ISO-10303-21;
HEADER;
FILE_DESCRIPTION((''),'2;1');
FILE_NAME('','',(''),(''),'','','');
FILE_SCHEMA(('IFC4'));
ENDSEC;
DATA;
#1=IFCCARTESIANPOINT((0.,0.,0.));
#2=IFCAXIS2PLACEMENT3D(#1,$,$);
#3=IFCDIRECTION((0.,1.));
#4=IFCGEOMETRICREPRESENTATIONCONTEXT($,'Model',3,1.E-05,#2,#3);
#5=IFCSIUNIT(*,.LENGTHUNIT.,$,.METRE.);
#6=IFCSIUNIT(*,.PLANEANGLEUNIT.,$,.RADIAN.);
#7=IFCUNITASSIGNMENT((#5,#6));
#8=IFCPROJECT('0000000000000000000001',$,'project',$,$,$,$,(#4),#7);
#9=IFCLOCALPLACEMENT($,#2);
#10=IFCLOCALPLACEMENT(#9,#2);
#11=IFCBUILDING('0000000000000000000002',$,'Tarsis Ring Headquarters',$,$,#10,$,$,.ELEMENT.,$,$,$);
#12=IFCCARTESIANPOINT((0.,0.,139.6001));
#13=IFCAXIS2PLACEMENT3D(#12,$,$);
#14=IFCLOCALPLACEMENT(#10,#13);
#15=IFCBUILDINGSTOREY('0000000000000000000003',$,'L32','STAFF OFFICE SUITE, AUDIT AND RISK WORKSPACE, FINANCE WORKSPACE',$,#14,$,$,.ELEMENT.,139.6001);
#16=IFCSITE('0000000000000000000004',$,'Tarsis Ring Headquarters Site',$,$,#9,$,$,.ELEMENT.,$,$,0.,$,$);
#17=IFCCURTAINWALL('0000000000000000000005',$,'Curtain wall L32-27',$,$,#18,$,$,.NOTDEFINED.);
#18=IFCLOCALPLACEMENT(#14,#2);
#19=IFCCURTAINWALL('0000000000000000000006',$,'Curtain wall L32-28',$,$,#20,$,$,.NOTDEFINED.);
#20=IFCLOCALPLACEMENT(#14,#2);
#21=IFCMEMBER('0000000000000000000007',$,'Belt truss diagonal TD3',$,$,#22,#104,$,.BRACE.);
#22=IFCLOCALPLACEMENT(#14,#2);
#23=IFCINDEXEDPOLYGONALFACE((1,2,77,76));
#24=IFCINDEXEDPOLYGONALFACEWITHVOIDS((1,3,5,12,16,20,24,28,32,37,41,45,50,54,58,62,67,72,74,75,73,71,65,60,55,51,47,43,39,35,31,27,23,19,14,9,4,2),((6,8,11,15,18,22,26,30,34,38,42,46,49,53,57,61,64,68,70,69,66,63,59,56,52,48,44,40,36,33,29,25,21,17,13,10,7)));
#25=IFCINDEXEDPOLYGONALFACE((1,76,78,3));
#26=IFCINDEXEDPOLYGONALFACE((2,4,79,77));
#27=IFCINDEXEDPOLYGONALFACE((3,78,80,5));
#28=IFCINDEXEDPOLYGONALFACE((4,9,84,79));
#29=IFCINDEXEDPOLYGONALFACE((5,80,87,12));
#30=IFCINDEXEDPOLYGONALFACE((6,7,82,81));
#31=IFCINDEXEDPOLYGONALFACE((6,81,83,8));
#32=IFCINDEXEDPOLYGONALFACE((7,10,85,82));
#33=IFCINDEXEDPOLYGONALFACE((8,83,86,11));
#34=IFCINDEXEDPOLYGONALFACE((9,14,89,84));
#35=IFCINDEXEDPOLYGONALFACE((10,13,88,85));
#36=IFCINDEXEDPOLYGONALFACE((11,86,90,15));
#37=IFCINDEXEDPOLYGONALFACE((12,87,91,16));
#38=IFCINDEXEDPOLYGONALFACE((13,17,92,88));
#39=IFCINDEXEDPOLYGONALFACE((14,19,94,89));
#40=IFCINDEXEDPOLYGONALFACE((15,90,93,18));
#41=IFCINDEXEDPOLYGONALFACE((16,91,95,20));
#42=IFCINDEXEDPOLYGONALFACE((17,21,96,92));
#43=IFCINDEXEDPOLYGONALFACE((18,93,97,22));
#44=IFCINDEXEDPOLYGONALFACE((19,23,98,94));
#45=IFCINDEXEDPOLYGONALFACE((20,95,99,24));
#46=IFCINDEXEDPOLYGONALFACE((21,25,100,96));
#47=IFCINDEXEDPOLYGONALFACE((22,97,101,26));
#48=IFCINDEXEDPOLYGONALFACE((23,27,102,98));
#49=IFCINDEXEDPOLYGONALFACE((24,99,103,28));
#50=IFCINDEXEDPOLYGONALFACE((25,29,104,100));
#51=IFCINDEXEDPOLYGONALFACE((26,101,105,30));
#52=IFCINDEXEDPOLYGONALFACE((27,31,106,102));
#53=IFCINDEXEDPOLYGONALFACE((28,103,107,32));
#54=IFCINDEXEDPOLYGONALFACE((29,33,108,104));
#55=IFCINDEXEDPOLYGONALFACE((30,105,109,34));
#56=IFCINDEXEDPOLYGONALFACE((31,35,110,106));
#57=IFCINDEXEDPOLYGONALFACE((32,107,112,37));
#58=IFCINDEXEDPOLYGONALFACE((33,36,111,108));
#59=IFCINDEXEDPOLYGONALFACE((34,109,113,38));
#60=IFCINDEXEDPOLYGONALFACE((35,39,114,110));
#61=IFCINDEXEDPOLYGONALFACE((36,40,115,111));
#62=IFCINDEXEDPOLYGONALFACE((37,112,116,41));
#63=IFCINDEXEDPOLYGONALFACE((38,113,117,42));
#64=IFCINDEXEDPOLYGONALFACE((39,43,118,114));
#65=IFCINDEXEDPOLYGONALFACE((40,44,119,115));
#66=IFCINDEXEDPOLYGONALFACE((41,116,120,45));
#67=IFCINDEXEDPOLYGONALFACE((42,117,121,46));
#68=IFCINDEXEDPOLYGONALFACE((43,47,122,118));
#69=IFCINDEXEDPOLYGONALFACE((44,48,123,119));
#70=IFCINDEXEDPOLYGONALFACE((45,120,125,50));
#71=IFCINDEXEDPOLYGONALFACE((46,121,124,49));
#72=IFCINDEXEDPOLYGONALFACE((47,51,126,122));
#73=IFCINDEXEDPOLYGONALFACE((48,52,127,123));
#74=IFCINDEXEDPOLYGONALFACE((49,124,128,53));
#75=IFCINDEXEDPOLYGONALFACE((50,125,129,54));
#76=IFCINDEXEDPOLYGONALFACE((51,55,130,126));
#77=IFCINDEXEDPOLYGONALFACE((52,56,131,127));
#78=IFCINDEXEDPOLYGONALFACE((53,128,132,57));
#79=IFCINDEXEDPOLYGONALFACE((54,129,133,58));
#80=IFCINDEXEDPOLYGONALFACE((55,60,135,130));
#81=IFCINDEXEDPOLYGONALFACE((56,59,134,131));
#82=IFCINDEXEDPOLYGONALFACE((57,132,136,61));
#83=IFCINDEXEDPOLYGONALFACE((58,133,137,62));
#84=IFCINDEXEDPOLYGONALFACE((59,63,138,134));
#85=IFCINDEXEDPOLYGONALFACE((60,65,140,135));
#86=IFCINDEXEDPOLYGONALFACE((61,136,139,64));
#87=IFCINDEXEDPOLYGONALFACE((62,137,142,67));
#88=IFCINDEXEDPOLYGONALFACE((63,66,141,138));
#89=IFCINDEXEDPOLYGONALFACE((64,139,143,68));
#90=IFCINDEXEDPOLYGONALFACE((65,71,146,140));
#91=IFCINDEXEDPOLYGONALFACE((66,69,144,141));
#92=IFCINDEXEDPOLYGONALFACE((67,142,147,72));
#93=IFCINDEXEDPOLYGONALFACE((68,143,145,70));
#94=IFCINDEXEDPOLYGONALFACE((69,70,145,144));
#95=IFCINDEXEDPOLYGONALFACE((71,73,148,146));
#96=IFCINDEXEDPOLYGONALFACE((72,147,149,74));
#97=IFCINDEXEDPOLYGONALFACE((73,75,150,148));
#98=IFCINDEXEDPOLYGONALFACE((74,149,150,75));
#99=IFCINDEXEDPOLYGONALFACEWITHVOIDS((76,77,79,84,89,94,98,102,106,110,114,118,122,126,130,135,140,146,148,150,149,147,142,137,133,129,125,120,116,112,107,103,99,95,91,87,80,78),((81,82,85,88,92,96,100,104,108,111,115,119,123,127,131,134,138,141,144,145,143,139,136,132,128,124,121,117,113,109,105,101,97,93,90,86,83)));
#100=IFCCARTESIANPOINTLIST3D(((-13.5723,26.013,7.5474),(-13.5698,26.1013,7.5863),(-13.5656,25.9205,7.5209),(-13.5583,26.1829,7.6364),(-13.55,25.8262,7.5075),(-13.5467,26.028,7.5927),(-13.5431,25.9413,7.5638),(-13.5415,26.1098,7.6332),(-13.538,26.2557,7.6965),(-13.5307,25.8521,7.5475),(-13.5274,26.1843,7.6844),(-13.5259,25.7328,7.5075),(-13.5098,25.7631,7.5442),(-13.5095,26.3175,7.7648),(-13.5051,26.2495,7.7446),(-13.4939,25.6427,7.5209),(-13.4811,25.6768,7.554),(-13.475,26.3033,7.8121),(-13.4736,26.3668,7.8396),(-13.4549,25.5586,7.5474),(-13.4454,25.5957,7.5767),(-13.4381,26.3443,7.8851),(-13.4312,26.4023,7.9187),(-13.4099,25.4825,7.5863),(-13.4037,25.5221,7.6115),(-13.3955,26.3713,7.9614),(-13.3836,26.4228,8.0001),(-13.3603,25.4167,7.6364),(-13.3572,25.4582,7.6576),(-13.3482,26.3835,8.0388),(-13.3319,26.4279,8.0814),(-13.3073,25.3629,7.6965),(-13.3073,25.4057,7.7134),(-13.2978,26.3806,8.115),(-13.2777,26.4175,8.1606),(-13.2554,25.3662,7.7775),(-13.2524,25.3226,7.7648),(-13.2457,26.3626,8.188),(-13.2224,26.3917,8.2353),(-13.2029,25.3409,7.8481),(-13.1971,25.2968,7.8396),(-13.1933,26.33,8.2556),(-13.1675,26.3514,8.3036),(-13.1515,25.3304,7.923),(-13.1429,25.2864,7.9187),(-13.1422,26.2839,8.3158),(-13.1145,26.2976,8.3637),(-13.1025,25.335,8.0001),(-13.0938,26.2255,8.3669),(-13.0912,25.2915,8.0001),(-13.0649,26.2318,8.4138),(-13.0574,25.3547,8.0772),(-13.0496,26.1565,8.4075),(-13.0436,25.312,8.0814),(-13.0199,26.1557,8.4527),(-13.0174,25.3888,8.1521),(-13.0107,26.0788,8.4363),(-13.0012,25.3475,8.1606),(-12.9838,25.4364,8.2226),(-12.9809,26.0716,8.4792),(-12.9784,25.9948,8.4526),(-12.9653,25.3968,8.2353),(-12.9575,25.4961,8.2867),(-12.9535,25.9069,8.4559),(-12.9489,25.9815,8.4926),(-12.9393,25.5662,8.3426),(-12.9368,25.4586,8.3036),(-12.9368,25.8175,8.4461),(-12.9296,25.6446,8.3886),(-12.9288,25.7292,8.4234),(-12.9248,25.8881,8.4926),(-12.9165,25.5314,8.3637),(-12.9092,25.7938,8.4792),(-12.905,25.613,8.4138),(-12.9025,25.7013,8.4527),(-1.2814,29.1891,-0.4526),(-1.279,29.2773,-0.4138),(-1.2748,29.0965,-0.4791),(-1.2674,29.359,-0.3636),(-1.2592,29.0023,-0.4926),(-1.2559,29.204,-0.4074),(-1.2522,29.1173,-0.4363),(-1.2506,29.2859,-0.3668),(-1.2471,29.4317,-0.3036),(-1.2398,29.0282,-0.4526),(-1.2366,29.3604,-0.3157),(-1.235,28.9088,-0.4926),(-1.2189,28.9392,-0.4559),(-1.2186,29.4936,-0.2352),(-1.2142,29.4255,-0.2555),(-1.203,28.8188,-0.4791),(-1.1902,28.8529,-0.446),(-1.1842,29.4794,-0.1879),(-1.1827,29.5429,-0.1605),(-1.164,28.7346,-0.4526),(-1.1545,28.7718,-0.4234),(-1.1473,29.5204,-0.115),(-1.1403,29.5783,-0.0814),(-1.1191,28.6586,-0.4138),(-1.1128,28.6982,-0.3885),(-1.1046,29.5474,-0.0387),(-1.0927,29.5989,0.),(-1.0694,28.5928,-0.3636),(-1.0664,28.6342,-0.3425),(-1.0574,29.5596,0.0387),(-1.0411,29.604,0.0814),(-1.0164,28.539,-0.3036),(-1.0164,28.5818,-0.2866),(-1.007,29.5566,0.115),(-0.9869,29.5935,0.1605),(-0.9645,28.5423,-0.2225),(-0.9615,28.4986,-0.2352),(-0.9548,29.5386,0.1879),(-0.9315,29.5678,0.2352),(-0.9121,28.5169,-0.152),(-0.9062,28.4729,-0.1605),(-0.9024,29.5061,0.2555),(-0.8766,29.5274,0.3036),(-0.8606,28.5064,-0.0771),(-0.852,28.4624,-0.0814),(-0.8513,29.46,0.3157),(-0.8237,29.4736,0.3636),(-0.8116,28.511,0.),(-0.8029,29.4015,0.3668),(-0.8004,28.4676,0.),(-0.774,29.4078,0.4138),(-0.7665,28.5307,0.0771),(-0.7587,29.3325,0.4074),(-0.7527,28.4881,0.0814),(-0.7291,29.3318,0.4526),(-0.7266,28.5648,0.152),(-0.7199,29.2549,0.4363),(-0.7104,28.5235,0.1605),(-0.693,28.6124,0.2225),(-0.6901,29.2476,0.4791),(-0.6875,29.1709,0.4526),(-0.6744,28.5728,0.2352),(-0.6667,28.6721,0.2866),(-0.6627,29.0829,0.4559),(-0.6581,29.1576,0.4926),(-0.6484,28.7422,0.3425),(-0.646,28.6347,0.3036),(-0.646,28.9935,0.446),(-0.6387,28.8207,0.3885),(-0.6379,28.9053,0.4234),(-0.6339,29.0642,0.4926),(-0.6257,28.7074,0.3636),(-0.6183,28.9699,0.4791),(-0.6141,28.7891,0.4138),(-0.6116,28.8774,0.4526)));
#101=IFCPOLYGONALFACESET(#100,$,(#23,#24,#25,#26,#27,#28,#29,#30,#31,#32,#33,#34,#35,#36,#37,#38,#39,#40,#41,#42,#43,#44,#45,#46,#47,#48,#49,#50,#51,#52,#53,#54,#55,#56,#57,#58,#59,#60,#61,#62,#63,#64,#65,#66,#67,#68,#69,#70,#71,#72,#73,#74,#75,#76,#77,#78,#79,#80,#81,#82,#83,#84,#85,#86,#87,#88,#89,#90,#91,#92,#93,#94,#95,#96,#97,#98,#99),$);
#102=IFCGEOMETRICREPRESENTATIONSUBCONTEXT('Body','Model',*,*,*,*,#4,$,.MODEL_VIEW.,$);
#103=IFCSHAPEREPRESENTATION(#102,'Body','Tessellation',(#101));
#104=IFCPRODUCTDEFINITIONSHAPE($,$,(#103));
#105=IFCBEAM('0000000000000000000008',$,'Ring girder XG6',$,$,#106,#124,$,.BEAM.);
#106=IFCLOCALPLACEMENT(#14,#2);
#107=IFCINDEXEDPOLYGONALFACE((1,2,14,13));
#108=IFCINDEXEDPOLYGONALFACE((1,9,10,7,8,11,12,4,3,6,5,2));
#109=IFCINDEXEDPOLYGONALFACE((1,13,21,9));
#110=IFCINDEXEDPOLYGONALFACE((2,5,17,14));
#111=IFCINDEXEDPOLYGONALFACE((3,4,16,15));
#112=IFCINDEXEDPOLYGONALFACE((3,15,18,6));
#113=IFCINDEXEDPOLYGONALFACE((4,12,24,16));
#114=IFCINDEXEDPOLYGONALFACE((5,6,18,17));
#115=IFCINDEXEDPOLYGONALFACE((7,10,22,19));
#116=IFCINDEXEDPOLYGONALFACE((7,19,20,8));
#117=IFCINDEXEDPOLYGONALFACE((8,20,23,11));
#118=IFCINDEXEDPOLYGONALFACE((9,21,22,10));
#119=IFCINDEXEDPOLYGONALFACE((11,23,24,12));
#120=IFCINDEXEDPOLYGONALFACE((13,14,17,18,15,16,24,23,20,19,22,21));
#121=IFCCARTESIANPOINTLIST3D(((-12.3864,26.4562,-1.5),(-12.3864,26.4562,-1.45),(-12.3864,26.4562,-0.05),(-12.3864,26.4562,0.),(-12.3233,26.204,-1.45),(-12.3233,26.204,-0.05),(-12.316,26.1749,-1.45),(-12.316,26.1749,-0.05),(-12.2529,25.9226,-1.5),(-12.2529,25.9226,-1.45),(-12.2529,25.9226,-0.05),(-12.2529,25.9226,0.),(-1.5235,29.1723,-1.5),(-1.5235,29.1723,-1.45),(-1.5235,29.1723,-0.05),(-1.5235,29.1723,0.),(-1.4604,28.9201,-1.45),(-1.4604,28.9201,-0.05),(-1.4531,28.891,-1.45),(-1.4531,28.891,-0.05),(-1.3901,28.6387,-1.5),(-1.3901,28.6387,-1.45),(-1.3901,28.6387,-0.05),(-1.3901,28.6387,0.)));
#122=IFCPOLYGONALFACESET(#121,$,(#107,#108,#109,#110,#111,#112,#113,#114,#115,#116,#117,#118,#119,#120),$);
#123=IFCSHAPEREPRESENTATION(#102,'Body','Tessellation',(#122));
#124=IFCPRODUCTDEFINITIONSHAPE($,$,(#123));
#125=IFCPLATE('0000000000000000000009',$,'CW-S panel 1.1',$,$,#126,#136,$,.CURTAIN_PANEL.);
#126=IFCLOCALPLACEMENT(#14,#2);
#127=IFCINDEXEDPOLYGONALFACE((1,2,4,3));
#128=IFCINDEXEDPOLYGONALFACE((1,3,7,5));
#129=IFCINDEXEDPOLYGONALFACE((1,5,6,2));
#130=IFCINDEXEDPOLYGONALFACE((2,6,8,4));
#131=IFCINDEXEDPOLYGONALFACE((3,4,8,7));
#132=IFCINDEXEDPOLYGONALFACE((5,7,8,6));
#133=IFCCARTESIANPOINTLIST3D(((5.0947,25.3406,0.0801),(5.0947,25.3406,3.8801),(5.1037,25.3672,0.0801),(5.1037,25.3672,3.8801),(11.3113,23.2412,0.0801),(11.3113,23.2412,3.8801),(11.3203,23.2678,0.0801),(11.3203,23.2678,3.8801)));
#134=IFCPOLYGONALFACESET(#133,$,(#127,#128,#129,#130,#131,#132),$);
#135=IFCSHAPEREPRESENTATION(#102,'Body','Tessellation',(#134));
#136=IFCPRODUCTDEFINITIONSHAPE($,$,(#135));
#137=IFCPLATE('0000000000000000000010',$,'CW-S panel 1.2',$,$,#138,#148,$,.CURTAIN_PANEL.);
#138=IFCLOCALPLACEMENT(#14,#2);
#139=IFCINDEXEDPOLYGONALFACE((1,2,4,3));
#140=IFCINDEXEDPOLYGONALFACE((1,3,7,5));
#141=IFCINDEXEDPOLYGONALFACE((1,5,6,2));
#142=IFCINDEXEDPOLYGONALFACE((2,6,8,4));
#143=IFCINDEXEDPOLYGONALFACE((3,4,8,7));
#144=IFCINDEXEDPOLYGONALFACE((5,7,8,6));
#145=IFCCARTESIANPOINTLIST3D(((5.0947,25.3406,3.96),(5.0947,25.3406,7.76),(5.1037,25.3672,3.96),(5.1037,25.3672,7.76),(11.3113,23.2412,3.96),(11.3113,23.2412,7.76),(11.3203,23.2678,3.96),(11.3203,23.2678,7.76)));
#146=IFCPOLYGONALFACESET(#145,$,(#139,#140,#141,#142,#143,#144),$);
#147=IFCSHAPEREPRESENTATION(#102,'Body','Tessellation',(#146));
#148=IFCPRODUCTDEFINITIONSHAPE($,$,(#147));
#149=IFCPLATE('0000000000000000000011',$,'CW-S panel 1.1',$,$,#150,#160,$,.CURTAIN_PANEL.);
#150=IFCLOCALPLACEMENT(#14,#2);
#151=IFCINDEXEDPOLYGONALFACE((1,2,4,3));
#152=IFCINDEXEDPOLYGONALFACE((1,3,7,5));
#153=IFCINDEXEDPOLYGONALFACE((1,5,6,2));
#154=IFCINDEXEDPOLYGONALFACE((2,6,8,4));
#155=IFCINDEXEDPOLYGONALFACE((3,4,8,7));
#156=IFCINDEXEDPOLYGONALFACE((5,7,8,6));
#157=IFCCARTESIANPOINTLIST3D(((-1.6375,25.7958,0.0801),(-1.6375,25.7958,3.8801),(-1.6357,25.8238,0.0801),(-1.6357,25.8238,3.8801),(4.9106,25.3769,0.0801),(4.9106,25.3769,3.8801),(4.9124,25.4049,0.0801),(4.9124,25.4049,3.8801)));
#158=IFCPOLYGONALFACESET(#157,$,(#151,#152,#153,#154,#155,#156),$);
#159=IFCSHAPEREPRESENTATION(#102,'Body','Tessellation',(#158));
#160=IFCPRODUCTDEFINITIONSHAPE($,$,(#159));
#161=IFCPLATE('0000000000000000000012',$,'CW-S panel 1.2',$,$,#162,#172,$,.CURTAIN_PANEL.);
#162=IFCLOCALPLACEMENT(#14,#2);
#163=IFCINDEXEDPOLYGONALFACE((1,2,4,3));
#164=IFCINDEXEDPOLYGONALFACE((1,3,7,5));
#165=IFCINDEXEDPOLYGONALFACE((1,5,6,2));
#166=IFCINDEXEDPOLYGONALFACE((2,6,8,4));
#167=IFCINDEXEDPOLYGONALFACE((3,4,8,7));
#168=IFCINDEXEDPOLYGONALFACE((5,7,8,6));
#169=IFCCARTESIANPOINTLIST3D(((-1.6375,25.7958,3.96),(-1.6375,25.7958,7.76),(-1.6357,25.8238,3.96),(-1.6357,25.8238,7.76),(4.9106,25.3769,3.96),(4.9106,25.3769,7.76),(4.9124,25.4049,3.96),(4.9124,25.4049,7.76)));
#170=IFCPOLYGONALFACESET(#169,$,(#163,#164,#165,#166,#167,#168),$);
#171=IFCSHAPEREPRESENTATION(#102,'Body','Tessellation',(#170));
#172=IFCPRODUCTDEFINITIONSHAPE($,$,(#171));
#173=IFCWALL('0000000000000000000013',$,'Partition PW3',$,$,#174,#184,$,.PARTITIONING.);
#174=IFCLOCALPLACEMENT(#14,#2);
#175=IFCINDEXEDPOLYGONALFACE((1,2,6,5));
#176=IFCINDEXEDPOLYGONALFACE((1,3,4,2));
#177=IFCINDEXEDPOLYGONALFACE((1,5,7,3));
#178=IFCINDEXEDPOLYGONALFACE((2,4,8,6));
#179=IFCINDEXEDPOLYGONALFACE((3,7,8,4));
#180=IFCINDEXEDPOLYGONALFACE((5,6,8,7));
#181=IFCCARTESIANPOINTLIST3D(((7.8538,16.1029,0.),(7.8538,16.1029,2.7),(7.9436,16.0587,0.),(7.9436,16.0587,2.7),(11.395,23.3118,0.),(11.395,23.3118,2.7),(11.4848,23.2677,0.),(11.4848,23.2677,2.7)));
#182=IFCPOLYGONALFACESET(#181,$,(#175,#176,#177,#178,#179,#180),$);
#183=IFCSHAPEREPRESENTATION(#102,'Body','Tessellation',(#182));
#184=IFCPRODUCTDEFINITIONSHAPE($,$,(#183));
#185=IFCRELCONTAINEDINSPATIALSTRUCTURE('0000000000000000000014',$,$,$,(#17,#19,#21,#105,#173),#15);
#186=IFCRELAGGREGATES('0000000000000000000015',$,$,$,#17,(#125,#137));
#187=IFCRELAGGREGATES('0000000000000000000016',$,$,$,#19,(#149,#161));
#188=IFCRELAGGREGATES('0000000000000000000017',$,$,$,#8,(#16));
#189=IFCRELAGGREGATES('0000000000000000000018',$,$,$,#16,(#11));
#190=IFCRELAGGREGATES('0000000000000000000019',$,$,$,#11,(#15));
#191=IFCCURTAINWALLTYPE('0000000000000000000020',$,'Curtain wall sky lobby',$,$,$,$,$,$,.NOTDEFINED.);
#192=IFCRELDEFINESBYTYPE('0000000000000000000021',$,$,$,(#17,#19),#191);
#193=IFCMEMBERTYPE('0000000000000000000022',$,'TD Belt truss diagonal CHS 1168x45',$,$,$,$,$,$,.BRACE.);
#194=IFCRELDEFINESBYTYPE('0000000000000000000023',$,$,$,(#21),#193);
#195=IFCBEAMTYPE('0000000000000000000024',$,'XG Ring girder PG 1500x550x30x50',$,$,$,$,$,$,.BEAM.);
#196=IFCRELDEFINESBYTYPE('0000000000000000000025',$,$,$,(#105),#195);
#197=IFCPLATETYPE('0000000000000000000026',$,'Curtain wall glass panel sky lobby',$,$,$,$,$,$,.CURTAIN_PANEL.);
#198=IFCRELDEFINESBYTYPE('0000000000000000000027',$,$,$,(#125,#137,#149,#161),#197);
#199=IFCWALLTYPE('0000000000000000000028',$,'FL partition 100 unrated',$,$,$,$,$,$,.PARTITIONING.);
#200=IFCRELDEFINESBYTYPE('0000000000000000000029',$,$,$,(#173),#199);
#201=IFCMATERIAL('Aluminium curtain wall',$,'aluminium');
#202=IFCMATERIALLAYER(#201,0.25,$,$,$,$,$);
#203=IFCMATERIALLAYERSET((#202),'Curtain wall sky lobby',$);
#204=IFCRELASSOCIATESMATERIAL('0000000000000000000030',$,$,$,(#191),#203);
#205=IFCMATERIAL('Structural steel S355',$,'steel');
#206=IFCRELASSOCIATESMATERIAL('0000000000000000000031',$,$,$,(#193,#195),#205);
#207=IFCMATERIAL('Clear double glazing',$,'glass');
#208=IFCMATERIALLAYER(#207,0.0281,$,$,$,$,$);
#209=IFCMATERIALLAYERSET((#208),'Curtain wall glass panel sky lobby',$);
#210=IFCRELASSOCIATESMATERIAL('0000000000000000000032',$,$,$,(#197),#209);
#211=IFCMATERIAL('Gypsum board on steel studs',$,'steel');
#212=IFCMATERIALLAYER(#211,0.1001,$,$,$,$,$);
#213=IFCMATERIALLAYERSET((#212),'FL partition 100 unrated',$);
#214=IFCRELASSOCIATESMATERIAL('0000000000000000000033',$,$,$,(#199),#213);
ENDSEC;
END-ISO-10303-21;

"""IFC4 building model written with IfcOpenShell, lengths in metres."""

from ifc_helpers import new_model, si_unit, direction, frame, frame_2d, origin, origin_2d, place, context, subcontext, project, spatial, rectangle, hollow_circle, i_section, extrude, material, layer, layer_set, material_profile, profile_set, type_object, element, aggregate, save


model = new_model("IFC4")

# Units and contexts
model_context = context("Model", 3, precision=1e-05, world=origin(), true_north=direction((0.0, 1.0)))
body_context = subcontext(model_context, "Body", "Model", "MODEL_VIEW")
ifc_project = project(units=[si_unit("LENGTHUNIT", "METRE"), si_unit("PLANEANGLEUNIT", "RADIAN")], contexts=[model_context])

# Site, building, storey
site_placement = place(None, origin())
site = spatial("IfcSite", under=ifc_project, at=site_placement, Name="Tarsis Ring Headquarters Site", CompositionType="ELEMENT", RefElevation=0.0)
building_placement = place(site_placement, origin())
building = spatial("IfcBuilding", under=site, at=building_placement, Name="Tarsis Ring Headquarters", CompositionType="ELEMENT")
storey_placement = place(building_placement, frame((0.0, 0.0, 139.6001)))
storey = spatial("IfcBuildingStorey", under=building, at=storey_placement, Name="L32", Description="STAFF OFFICE SUITE, AUDIT AND RISK WORKSPACE, FINANCE WORKSPACE", CompositionType="ELEMENT", Elevation=139.6001)

# Shared definitions
ifc_material_1 = material(Name="Structural steel S355", Category="steel")
ifc_material_profile_1 = material_profile(ifc_material_1, hollow_circle(Radius=0.5842, WallThickness=0.0449, at=origin_2d()), Name="CHS 1168x45")
ifc_profile_set_1 = profile_set([ifc_material_profile_1], Name="Structural steel S355")

# Curtain wall
ifc_material_2 = material(Name="Aluminium curtain wall", Category="aluminium")
ifc_layer_1 = layer(ifc_material_2, 0.25)
ifc_layer_set_1 = layer_set([ifc_layer_1], Name="Curtain wall sky lobby")
curtain_wall_type = type_object("IfcCurtainWallType", Name="Curtain wall sky lobby", PredefinedType="NOTDEFINED", material=ifc_layer_set_1)
curtain_wall_1_placement = place(storey_placement, origin())
curtain_wall_1 = element("IfcCurtainWall", 1, at=curtain_wall_1_placement, inside=storey, type_object=curtain_wall_type, Name="Curtain wall L32-27", PredefinedType="NOTDEFINED")

# Curtain wall
curtain_wall_2_placement = place(storey_placement, origin())
curtain_wall_2 = element("IfcCurtainWall", 2, at=curtain_wall_2_placement, inside=storey, type_object=curtain_wall_type, Name="Curtain wall L32-28", PredefinedType="NOTDEFINED")

# Member
member_type_1 = type_object("IfcMemberType", Name="TD Belt truss diagonal CHS 1168x45", PredefinedType="BRACE", material=ifc_profile_set_1)
member_1_placement = place(storey_placement, frame((-0.9465, 29.0332, 0.0), z_axis=(-0.819111, -0.211664, 0.533155), x_axis=(0.250189, -0.968197, 0.0)))
element("IfcMember", 3, at=member_1_placement, inside=storey, type_object=member_type_1, Name="Belt truss diagonal TD3", PredefinedType="BRACE", context=body_context, shape_type="SweptSolid", body=[
    extrude(hollow_circle(Radius=0.5842, WallThickness=0.0449, at=origin_2d()), origin(), (0.0, 0.0, 1.0), 15.0051),
])

# Beam
ifc_material_profile_2 = material_profile(ifc_material_1, i_section(OverallWidth=0.55, OverallDepth=1.5, WebThickness=0.03, FlangeThickness=0.05, at=origin_2d()), Name="PG 1500x550x30x50")
ifc_profile_set_2 = profile_set([ifc_material_profile_2], Name="Structural steel S355")
beam_type_1 = type_object("IfcBeamType", Name="XG Ring girder PG 1500x550x30x50", PredefinedType="BEAM", material=ifc_profile_set_2)
beam_1_placement = place(storey_placement, frame((-1.4568, 28.9055, -0.75), z_axis=(-0.970135, -0.242566, 0.0), x_axis=(0.242566, -0.970135, 0.0)))
element("IfcBeam", 4, at=beam_1_placement, inside=storey, type_object=beam_type_1, Name="Ring girder XG6", PredefinedType="BEAM", context=body_context, shape_type="SweptSolid", body=[
    extrude(i_section(OverallWidth=0.55, OverallDepth=1.5, WebThickness=0.03, FlangeThickness=0.05, at=origin_2d()), origin(), (0.0, 0.0, 1.0), 11.1973),
])

# Plates
ifc_material_3 = material(Name="Clear double glazing", Category="glass")
ifc_layer_2 = layer(ifc_material_3, 0.0281)
ifc_layer_set_2 = layer_set([ifc_layer_2], Name="Curtain wall glass panel sky lobby")
plate_type = type_object("IfcPlateType", Name="Curtain wall glass panel sky lobby", PredefinedType="CURTAIN_PANEL", material=ifc_layer_set_2)
plate_1_placement = place(storey_placement, frame((8.2075, 24.3042, 0.0801), z_axis=(0.0, 0.0, 1.0), x_axis=(-0.947434, 0.319952, 0.0)))
plate_1 = element("IfcPlate", 5, at=plate_1_placement, type_object=plate_type, Name="CW-S panel 1.1", PredefinedType="CURTAIN_PANEL", context=body_context, shape_type="SweptSolid", body=[
    extrude(rectangle(XDim=6.5615, YDim=0.0281, at=origin_2d()), origin(), (0.0, 0.0, 1.0), 3.8),
])
plate_2_placement = place(storey_placement, frame((8.2075, 24.3042, 3.96), z_axis=(0.0, 0.0, 1.0), x_axis=(-0.947434, 0.319952, 0.0)))
plate_2 = element("IfcPlate", 6, at=plate_2_placement, type_object=plate_type, Name="CW-S panel 1.2", PredefinedType="CURTAIN_PANEL", context=body_context, shape_type="SweptSolid", body=[
    extrude(rectangle(XDim=6.5615, YDim=0.0281, at=origin_2d()), origin(), (0.0, 0.0, 1.0), 3.8),
])
aggregate(curtain_wall_1, [plate_1, plate_2])
plate_3_placement = place(storey_placement, frame((1.6375, 25.6003, 0.0801), z_axis=(0.0, 0.0, 1.0), x_axis=(-0.99796, 0.063836, 0.0)))
plate_3 = element("IfcPlate", 7, at=plate_3_placement, type_object=plate_type, Name="CW-S panel 1.1", PredefinedType="CURTAIN_PANEL", context=body_context, shape_type="SweptSolid", body=[
    extrude(rectangle(XDim=6.5615, YDim=0.0281, at=origin_2d()), origin(), (0.0, 0.0, 1.0), 3.8),
])
plate_4_placement = place(storey_placement, frame((1.6375, 25.6003, 3.96), z_axis=(0.0, 0.0, 1.0), x_axis=(-0.99796, 0.063836, 0.0)))
plate_4 = element("IfcPlate", 8, at=plate_4_placement, type_object=plate_type, Name="CW-S panel 1.2", PredefinedType="CURTAIN_PANEL", context=body_context, shape_type="SweptSolid", body=[
    extrude(rectangle(XDim=6.5615, YDim=0.0281, at=origin_2d()), origin(), (0.0, 0.0, 1.0), 3.8),
])
aggregate(curtain_wall_2, [plate_3, plate_4])

# Wall
ifc_material_4 = material(Name="Gypsum board on steel studs", Category="steel")
ifc_layer_3 = layer(ifc_material_4, 0.1001)
ifc_layer_set_3 = layer_set([ifc_layer_3], Name="FL partition 100 unrated")
wall_type = type_object("IfcWallType", Name="FL partition 100 unrated", PredefinedType="PARTITIONING", material=ifc_layer_set_3)
wall_placement = place(storey_placement, frame((7.8987, 16.0808, 0.0), z_axis=(0.0, 0.0, 1.0), x_axis=(0.440904, 0.897554, 0.0)))
element("IfcWall", 9, at=wall_placement, inside=storey, type_object=wall_type, Name="Partition PW3", PredefinedType="PARTITIONING", context=body_context, shape_type="SweptSolid", body=[
    extrude(rectangle(XDim=8.0317, YDim=0.1001, at=frame_2d((4.0159, 0.0))), origin(), (0.0, 0.0, 1.0), 2.7),
])

save(model, "model.ifc")
